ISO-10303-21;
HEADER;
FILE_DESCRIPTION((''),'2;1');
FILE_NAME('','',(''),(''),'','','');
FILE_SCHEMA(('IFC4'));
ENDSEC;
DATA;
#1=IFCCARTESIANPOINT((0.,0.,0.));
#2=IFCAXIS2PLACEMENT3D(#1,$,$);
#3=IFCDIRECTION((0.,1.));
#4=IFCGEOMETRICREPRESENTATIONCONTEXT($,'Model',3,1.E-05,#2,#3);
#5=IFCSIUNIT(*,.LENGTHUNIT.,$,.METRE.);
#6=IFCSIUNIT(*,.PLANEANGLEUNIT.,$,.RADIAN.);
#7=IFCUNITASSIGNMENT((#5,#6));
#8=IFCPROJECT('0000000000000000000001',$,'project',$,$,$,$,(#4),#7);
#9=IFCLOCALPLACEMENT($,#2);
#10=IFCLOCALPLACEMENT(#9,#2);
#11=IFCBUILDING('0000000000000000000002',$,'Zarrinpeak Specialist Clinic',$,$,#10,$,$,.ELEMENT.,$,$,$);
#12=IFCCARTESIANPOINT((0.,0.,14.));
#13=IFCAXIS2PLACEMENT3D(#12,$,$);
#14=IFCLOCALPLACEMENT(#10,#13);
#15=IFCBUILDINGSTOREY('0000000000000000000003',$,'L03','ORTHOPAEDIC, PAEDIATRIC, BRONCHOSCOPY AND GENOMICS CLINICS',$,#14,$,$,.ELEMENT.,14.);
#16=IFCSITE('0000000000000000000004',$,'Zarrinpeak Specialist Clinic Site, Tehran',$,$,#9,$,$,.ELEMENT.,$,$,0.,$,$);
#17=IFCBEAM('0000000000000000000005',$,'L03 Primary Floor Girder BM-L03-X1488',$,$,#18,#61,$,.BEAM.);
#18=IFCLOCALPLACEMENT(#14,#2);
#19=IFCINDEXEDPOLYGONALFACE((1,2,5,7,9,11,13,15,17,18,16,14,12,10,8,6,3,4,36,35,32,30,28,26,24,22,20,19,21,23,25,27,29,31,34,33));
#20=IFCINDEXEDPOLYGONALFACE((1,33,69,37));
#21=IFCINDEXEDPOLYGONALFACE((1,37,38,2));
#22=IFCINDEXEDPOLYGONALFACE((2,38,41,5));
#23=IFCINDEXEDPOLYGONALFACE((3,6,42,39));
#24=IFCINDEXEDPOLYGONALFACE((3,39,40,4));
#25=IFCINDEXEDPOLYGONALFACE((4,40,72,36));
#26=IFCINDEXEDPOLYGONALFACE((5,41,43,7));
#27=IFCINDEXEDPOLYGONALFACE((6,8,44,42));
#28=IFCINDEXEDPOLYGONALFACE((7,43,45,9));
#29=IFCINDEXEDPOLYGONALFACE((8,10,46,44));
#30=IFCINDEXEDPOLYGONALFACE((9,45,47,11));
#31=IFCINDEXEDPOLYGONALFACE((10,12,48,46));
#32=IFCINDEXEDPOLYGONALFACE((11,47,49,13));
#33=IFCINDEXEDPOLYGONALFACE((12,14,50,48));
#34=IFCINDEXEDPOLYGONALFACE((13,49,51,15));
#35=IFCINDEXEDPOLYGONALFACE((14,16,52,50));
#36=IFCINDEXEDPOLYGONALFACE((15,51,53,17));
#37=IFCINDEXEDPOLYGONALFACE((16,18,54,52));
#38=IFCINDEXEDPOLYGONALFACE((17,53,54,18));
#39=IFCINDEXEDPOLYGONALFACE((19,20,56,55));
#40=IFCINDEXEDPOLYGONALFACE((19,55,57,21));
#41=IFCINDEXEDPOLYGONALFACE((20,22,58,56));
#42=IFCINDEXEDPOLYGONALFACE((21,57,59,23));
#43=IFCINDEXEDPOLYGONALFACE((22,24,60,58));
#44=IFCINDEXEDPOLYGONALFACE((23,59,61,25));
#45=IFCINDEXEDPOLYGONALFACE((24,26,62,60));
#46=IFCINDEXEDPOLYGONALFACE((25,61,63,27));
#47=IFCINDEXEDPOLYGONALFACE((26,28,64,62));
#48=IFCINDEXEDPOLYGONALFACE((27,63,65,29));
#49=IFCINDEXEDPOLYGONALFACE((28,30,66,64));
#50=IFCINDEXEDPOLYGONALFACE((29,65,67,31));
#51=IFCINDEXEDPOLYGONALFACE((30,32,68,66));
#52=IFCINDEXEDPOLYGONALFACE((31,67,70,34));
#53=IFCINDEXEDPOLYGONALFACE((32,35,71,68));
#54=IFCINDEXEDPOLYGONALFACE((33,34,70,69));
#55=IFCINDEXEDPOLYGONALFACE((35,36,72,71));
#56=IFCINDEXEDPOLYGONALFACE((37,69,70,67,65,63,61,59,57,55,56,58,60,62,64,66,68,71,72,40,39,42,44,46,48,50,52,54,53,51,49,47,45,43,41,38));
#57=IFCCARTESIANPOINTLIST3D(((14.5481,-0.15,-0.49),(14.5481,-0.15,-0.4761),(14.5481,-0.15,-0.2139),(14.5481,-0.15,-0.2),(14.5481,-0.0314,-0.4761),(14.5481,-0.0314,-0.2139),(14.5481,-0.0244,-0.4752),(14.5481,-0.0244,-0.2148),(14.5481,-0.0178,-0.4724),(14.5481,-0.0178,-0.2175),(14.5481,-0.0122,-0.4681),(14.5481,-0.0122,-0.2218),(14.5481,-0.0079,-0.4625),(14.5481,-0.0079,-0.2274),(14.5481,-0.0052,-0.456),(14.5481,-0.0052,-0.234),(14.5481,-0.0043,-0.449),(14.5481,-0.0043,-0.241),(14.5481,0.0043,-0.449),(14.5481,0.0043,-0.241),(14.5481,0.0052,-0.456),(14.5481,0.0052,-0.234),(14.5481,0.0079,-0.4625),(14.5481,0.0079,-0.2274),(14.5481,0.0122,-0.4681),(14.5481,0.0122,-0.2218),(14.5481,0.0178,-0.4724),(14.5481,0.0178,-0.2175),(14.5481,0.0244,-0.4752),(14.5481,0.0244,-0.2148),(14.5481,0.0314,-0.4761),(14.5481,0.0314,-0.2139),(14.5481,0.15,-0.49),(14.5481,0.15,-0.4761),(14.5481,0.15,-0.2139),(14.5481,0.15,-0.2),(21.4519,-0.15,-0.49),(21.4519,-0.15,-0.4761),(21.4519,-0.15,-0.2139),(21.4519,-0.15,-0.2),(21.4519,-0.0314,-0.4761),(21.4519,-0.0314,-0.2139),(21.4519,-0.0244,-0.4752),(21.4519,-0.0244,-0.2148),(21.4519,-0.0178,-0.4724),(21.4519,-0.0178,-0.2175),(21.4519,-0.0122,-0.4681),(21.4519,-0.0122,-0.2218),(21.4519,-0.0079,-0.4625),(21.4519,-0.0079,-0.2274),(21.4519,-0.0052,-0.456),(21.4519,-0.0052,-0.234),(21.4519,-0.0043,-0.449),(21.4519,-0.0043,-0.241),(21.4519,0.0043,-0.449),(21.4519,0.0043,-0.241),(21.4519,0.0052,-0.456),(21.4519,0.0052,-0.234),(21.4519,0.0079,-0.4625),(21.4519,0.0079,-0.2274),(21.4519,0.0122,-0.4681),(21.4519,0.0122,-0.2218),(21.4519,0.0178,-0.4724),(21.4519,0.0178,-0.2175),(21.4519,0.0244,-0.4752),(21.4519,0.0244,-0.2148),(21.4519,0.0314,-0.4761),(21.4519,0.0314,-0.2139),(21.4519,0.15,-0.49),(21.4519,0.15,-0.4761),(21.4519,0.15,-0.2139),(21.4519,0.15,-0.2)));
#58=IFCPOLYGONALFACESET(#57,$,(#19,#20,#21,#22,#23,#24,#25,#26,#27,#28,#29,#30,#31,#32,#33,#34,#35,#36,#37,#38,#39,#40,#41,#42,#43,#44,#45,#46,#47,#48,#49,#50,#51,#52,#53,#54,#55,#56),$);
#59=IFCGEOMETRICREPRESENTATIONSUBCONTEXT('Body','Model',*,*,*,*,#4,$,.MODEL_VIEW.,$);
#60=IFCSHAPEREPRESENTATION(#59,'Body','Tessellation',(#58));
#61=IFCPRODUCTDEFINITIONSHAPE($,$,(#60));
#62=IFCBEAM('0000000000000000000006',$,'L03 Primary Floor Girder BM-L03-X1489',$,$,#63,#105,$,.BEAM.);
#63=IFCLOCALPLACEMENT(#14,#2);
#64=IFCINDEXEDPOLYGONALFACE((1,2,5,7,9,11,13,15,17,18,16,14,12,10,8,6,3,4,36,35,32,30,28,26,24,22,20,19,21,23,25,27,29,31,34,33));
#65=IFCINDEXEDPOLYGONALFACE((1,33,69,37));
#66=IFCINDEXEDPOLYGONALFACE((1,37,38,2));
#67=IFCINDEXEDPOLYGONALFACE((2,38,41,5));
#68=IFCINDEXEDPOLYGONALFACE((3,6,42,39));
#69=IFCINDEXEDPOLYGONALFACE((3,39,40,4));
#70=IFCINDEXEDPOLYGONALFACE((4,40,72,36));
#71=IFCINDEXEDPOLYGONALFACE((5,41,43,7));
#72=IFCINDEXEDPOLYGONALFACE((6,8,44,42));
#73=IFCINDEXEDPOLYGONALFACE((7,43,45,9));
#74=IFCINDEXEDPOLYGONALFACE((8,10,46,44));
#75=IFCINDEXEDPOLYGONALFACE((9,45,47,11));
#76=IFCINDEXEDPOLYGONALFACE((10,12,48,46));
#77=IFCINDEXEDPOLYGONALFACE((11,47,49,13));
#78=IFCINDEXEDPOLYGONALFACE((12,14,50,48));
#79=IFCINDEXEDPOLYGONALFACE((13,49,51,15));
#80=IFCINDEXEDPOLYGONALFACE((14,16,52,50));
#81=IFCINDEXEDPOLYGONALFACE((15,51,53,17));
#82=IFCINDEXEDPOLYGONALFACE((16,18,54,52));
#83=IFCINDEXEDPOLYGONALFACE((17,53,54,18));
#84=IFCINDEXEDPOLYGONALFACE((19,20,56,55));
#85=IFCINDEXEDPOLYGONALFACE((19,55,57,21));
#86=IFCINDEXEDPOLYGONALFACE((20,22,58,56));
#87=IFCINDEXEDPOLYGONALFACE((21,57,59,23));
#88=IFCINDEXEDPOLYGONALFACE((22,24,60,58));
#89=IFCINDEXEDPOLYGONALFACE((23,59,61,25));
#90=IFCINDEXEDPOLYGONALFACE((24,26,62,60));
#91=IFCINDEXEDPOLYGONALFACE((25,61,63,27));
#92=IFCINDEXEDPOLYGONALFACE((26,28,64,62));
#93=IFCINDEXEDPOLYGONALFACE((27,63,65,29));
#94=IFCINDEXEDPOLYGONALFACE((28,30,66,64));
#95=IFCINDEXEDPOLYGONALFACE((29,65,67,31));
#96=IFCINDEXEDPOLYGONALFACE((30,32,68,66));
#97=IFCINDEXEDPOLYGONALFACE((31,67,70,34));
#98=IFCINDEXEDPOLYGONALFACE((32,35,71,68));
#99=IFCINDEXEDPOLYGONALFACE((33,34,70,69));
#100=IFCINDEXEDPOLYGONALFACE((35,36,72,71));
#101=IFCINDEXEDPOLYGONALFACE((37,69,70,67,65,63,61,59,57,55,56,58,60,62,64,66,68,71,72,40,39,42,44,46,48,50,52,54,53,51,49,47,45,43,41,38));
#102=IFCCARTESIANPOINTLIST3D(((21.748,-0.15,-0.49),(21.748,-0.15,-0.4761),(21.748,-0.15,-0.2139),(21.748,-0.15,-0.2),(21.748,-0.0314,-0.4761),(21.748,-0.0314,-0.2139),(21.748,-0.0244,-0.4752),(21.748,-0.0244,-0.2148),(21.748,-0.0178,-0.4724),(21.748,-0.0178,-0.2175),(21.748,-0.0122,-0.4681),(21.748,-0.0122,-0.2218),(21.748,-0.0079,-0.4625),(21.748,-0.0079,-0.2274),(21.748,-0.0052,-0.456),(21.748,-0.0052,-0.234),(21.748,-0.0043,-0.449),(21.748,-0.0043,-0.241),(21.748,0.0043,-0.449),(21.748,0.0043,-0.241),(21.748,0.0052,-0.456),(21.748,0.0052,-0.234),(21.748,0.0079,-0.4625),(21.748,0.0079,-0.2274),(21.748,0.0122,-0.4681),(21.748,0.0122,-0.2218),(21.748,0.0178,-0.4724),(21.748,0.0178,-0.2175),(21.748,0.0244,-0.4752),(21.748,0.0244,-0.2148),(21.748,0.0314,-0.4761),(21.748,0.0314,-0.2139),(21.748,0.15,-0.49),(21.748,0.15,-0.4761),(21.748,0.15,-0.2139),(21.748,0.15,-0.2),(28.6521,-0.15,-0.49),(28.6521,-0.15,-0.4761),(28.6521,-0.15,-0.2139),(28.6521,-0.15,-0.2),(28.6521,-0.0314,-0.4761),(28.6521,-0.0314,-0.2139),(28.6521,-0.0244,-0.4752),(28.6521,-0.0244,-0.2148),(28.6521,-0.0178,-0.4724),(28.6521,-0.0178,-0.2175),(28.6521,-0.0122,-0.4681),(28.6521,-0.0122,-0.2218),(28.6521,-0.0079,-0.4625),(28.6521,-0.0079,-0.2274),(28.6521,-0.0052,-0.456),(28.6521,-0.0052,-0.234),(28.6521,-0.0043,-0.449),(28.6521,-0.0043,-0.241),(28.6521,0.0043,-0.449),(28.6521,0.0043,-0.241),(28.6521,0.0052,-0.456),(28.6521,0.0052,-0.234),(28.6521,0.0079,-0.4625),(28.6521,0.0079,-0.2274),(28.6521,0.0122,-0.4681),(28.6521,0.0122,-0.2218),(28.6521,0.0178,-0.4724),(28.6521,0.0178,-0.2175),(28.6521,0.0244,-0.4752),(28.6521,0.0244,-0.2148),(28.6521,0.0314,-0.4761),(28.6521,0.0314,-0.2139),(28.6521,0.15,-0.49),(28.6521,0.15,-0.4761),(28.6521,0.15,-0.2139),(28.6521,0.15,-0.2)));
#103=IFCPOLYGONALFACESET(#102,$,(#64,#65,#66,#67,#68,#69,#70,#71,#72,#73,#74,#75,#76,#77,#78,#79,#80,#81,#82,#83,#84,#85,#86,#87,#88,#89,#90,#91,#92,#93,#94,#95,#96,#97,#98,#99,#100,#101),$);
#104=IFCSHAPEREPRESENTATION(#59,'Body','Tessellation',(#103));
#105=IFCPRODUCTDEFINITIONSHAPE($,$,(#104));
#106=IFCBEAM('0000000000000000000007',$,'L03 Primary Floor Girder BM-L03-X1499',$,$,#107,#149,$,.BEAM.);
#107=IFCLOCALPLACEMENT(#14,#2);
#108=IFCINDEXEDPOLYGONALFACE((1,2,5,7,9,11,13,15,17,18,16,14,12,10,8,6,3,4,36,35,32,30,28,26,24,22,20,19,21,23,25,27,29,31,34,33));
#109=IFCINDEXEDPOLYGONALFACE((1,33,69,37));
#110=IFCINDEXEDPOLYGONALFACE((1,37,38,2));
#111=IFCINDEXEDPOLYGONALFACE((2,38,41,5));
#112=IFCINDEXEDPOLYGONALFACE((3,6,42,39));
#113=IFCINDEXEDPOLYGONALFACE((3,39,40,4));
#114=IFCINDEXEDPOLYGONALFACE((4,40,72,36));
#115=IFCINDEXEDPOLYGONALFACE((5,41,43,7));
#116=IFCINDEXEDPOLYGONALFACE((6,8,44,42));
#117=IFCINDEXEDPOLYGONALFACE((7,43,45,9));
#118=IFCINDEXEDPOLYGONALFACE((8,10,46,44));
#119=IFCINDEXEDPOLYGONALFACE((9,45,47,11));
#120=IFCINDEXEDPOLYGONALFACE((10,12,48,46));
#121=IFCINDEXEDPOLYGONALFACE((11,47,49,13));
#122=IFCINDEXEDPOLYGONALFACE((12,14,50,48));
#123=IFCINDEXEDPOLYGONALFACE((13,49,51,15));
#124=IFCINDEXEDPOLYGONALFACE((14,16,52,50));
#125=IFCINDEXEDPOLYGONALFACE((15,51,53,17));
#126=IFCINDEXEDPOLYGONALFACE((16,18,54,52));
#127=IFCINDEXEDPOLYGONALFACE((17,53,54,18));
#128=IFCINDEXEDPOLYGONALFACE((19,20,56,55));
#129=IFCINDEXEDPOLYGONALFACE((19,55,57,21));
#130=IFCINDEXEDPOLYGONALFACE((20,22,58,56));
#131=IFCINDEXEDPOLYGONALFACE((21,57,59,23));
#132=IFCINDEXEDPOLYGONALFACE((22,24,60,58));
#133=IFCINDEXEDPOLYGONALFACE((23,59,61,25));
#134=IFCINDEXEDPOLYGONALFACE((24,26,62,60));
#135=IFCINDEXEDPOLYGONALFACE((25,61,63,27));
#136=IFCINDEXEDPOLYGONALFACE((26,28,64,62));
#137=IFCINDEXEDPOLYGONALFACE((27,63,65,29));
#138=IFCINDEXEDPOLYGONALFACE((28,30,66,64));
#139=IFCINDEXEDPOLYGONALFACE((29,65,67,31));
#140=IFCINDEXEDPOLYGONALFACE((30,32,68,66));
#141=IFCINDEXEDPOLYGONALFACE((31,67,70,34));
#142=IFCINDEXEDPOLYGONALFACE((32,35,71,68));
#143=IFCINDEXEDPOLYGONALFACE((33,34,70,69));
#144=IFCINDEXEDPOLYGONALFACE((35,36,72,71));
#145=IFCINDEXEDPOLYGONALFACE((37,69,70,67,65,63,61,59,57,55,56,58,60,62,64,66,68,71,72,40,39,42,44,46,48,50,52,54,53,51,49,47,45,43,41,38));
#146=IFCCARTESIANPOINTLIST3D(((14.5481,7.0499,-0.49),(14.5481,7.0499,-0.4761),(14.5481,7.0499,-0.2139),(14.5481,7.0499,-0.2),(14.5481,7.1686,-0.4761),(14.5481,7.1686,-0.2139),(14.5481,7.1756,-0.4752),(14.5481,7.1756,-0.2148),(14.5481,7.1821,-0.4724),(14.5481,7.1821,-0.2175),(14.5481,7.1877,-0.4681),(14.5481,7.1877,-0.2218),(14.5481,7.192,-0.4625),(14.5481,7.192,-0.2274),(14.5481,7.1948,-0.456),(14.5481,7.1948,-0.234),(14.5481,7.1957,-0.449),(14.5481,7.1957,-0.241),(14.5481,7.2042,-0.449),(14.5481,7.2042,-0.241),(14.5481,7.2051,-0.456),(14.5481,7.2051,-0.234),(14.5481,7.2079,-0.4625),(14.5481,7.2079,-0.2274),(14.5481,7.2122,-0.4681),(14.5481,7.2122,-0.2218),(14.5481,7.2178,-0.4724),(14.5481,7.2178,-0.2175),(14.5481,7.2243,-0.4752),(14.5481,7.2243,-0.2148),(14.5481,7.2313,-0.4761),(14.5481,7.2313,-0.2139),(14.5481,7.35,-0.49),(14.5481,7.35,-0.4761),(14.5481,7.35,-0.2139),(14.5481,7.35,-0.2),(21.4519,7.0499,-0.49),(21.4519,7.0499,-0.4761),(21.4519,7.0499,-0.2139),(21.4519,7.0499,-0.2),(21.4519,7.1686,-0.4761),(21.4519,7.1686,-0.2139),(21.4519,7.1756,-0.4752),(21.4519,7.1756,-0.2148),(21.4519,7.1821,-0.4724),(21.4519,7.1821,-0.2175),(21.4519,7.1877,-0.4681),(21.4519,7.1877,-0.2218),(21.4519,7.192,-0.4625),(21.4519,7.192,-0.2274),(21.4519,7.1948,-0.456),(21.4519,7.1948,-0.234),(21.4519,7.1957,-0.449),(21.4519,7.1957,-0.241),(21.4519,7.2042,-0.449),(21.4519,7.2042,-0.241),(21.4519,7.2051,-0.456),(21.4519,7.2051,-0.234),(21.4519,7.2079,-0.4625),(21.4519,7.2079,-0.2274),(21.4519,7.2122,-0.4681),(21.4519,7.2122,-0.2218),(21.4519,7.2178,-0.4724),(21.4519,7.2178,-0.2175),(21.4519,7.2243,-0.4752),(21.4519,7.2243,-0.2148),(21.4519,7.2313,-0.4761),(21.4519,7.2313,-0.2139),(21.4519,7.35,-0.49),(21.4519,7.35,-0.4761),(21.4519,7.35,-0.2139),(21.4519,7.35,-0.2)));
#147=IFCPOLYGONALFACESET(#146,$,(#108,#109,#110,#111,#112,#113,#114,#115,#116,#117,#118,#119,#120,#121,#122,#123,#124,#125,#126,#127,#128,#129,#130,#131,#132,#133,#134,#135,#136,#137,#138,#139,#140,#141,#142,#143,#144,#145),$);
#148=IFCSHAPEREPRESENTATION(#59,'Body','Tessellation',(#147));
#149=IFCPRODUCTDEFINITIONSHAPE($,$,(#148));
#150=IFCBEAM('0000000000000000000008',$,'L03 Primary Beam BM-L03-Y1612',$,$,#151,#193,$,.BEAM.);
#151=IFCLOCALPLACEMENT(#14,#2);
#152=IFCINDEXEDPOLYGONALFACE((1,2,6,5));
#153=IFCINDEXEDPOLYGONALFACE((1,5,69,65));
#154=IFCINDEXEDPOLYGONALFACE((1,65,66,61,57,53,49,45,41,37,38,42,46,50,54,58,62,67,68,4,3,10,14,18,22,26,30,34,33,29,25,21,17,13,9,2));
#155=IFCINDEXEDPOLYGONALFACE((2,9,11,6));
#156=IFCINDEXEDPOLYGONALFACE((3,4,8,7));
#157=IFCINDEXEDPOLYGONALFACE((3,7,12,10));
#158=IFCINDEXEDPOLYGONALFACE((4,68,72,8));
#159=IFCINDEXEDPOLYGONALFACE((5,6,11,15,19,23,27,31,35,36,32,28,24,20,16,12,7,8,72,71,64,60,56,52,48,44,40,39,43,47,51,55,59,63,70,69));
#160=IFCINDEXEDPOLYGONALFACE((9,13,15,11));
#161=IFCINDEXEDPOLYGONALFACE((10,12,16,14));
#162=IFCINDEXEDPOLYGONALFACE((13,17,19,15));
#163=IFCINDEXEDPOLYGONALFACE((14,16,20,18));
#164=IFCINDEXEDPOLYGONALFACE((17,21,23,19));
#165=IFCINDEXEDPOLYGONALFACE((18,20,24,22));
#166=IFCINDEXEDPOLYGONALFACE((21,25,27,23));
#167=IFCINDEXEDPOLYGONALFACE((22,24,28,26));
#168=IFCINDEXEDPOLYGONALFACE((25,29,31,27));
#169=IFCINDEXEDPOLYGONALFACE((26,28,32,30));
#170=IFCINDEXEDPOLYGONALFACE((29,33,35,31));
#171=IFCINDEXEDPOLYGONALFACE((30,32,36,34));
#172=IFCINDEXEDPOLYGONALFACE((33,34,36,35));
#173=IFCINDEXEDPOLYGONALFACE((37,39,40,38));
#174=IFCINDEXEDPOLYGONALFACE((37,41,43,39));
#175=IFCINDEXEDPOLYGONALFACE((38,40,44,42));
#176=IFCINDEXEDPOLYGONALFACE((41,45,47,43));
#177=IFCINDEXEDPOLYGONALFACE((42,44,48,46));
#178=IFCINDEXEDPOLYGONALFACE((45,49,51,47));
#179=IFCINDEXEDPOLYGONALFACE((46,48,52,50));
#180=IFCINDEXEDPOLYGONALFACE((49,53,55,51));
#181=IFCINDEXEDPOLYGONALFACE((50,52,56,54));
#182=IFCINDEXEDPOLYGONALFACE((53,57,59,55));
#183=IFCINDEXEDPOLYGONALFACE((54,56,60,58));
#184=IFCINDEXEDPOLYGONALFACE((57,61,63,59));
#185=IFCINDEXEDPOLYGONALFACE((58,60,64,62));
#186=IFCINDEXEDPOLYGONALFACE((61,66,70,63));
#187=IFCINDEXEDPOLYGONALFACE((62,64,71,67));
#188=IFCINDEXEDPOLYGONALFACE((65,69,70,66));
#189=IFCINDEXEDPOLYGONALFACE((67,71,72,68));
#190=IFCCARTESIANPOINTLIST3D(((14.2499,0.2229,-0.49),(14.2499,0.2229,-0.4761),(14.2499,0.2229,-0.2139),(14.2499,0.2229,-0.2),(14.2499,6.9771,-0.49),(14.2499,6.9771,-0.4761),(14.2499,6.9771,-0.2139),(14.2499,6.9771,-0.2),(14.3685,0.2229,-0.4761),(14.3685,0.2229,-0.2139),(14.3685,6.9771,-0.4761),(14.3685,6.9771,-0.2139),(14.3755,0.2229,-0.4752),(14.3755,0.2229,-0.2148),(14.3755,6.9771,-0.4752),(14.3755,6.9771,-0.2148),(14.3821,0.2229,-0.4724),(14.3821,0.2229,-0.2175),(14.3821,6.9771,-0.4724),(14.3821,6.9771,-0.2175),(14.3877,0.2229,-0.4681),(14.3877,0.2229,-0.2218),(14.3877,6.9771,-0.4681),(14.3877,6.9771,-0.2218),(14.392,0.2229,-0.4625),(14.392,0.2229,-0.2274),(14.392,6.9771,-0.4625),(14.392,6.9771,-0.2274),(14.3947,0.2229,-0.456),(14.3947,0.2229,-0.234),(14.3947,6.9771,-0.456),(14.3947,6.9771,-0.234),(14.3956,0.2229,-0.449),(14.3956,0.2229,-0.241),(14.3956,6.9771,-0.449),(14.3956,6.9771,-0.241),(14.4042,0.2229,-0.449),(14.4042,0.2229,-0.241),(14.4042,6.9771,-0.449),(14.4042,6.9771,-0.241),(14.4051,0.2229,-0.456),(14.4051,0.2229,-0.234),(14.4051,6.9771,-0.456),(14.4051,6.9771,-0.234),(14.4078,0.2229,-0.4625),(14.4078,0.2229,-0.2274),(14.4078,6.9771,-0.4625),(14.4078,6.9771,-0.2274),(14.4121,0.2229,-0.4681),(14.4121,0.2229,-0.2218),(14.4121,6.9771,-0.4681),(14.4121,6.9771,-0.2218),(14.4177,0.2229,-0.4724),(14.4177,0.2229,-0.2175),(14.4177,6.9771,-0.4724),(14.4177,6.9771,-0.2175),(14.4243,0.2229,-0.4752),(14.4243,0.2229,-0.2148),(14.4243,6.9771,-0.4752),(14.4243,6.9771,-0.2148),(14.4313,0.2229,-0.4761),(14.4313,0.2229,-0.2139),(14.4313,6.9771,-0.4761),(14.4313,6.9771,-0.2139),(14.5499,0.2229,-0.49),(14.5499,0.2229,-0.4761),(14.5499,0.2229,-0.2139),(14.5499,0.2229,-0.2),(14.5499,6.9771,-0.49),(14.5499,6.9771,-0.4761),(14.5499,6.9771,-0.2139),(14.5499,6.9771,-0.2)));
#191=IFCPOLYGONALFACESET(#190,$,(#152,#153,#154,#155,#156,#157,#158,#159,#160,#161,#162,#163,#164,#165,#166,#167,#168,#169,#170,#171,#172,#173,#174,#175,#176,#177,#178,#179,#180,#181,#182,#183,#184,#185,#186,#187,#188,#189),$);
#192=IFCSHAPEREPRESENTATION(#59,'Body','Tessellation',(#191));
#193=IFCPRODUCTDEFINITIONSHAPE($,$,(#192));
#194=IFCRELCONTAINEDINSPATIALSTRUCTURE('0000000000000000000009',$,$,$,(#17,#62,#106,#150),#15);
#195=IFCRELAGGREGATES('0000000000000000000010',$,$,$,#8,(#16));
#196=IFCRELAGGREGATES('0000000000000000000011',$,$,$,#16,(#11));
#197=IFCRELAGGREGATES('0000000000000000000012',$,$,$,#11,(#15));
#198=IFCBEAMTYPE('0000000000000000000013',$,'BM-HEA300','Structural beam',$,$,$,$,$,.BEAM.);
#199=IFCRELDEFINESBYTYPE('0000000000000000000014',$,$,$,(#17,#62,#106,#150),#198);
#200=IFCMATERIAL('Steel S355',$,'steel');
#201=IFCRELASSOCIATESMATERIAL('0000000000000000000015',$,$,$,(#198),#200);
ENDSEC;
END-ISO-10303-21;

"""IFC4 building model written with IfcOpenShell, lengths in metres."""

from ifc_helpers import new_model, si_unit, direction, frame, origin, origin_2d, place, context, subcontext, project, spatial, i_section, extrude, material, material_profile, profile_set, type_object, element, save


model = new_model("IFC4")

# Units and contexts
model_context = context("Model", 3, precision=1e-05, world=origin(), true_north=direction((0.0, 1.0)))
body_context = subcontext(model_context, "Body", "Model", "MODEL_VIEW")
ifc_project = project(units=[si_unit("LENGTHUNIT", "METRE"), si_unit("PLANEANGLEUNIT", "RADIAN")], contexts=[model_context])

# Site, building, storey
site_placement = place(None, origin())
site = spatial("IfcSite", under=ifc_project, at=site_placement, Name="Zarrinpeak Specialist Clinic Site, Tehran", CompositionType="ELEMENT", RefElevation=0.0)
building_placement = place(site_placement, origin())
building = spatial("IfcBuilding", under=site, at=building_placement, Name="Zarrinpeak Specialist Clinic", CompositionType="ELEMENT")
storey_placement = place(building_placement, frame((0.0, 0.0, 14.0)))
storey = spatial("IfcBuildingStorey", under=building, at=storey_placement, Name="L03", Description="ORTHOPAEDIC, PAEDIATRIC, BRONCHOSCOPY AND GENOMICS CLINICS", CompositionType="ELEMENT", Elevation=14.0)

# Shared definitions
ifc_material_1 = material(Name="Steel S355", Category="steel")

# Beams
ifc_material_profile_1 = material_profile(ifc_material_1, i_section(OverallWidth=0.3, OverallDepth=0.29, WebThickness=0.0085, FlangeThickness=0.0139, FilletRadius=0.0271, at=origin_2d()), Name="HEA 300")
ifc_profile_set_1 = profile_set([ifc_material_profile_1], Name="Steel S355")
beam_type_1 = type_object("IfcBeamType", Name="BM-HEA300", Description="Structural beam", PredefinedType="BEAM", material=ifc_profile_set_1)
beam_1_placement = place(storey_placement, frame((14.5481, 0.0, -0.345), z_axis=(1.0, 0.0, 0.0), x_axis=(0.0, 1.0, 0.0)))
element("IfcBeam", 1, at=beam_1_placement, inside=storey, type_object=beam_type_1, Name="L03 Primary Floor Girder BM-L03-X1488", PredefinedType="BEAM", context=body_context, shape_type="SweptSolid", body=[
    extrude(i_section(OverallWidth=0.3, OverallDepth=0.29, WebThickness=0.0085, FlangeThickness=0.0139, FilletRadius=0.0271, at=origin_2d()), origin(), (0.0, 0.0, 1.0), 6.9038),
])
beam_2_placement = place(storey_placement, frame((21.748, 0.0, -0.345), z_axis=(1.0, 0.0, 0.0), x_axis=(0.0, 1.0, 0.0)))
element("IfcBeam", 2, at=beam_2_placement, inside=storey, type_object=beam_type_1, Name="L03 Primary Floor Girder BM-L03-X1489", PredefinedType="BEAM", context=body_context, shape_type="SweptSolid", body=[
    extrude(i_section(OverallWidth=0.3, OverallDepth=0.29, WebThickness=0.0085, FlangeThickness=0.0139, FilletRadius=0.0271, at=origin_2d()), origin(), (0.0, 0.0, 1.0), 6.9041),
])
beam_3_placement = place(storey_placement, frame((14.5481, 7.2, -0.345), z_axis=(1.0, 0.0, 0.0), x_axis=(0.0, 1.0, 0.0)))
element("IfcBeam", 3, at=beam_3_placement, inside=storey, type_object=beam_type_1, Name="L03 Primary Floor Girder BM-L03-X1499", PredefinedType="BEAM", context=body_context, shape_type="SweptSolid", body=[
    extrude(i_section(OverallWidth=0.3, OverallDepth=0.29, WebThickness=0.0085, FlangeThickness=0.0139, FilletRadius=0.0271, at=origin_2d()), origin(), (0.0, 0.0, 1.0), 6.9038),
])
beam_4_placement = place(storey_placement, frame((14.3999, 0.2229, -0.345), z_axis=(0.0, 1.0, 0.0), x_axis=(-1.0, 0.0, 0.0)))
element("IfcBeam", 4, at=beam_4_placement, inside=storey, type_object=beam_type_1, Name="L03 Primary Beam BM-L03-Y1612", PredefinedType="BEAM", context=body_context, shape_type="SweptSolid", body=[
    extrude(i_section(OverallWidth=0.3, OverallDepth=0.29, WebThickness=0.0085, FlangeThickness=0.0139, FilletRadius=0.0271, at=origin_2d()), origin(), (0.0, 0.0, 1.0), 6.7542),
])

save(model, "model.ifc")
